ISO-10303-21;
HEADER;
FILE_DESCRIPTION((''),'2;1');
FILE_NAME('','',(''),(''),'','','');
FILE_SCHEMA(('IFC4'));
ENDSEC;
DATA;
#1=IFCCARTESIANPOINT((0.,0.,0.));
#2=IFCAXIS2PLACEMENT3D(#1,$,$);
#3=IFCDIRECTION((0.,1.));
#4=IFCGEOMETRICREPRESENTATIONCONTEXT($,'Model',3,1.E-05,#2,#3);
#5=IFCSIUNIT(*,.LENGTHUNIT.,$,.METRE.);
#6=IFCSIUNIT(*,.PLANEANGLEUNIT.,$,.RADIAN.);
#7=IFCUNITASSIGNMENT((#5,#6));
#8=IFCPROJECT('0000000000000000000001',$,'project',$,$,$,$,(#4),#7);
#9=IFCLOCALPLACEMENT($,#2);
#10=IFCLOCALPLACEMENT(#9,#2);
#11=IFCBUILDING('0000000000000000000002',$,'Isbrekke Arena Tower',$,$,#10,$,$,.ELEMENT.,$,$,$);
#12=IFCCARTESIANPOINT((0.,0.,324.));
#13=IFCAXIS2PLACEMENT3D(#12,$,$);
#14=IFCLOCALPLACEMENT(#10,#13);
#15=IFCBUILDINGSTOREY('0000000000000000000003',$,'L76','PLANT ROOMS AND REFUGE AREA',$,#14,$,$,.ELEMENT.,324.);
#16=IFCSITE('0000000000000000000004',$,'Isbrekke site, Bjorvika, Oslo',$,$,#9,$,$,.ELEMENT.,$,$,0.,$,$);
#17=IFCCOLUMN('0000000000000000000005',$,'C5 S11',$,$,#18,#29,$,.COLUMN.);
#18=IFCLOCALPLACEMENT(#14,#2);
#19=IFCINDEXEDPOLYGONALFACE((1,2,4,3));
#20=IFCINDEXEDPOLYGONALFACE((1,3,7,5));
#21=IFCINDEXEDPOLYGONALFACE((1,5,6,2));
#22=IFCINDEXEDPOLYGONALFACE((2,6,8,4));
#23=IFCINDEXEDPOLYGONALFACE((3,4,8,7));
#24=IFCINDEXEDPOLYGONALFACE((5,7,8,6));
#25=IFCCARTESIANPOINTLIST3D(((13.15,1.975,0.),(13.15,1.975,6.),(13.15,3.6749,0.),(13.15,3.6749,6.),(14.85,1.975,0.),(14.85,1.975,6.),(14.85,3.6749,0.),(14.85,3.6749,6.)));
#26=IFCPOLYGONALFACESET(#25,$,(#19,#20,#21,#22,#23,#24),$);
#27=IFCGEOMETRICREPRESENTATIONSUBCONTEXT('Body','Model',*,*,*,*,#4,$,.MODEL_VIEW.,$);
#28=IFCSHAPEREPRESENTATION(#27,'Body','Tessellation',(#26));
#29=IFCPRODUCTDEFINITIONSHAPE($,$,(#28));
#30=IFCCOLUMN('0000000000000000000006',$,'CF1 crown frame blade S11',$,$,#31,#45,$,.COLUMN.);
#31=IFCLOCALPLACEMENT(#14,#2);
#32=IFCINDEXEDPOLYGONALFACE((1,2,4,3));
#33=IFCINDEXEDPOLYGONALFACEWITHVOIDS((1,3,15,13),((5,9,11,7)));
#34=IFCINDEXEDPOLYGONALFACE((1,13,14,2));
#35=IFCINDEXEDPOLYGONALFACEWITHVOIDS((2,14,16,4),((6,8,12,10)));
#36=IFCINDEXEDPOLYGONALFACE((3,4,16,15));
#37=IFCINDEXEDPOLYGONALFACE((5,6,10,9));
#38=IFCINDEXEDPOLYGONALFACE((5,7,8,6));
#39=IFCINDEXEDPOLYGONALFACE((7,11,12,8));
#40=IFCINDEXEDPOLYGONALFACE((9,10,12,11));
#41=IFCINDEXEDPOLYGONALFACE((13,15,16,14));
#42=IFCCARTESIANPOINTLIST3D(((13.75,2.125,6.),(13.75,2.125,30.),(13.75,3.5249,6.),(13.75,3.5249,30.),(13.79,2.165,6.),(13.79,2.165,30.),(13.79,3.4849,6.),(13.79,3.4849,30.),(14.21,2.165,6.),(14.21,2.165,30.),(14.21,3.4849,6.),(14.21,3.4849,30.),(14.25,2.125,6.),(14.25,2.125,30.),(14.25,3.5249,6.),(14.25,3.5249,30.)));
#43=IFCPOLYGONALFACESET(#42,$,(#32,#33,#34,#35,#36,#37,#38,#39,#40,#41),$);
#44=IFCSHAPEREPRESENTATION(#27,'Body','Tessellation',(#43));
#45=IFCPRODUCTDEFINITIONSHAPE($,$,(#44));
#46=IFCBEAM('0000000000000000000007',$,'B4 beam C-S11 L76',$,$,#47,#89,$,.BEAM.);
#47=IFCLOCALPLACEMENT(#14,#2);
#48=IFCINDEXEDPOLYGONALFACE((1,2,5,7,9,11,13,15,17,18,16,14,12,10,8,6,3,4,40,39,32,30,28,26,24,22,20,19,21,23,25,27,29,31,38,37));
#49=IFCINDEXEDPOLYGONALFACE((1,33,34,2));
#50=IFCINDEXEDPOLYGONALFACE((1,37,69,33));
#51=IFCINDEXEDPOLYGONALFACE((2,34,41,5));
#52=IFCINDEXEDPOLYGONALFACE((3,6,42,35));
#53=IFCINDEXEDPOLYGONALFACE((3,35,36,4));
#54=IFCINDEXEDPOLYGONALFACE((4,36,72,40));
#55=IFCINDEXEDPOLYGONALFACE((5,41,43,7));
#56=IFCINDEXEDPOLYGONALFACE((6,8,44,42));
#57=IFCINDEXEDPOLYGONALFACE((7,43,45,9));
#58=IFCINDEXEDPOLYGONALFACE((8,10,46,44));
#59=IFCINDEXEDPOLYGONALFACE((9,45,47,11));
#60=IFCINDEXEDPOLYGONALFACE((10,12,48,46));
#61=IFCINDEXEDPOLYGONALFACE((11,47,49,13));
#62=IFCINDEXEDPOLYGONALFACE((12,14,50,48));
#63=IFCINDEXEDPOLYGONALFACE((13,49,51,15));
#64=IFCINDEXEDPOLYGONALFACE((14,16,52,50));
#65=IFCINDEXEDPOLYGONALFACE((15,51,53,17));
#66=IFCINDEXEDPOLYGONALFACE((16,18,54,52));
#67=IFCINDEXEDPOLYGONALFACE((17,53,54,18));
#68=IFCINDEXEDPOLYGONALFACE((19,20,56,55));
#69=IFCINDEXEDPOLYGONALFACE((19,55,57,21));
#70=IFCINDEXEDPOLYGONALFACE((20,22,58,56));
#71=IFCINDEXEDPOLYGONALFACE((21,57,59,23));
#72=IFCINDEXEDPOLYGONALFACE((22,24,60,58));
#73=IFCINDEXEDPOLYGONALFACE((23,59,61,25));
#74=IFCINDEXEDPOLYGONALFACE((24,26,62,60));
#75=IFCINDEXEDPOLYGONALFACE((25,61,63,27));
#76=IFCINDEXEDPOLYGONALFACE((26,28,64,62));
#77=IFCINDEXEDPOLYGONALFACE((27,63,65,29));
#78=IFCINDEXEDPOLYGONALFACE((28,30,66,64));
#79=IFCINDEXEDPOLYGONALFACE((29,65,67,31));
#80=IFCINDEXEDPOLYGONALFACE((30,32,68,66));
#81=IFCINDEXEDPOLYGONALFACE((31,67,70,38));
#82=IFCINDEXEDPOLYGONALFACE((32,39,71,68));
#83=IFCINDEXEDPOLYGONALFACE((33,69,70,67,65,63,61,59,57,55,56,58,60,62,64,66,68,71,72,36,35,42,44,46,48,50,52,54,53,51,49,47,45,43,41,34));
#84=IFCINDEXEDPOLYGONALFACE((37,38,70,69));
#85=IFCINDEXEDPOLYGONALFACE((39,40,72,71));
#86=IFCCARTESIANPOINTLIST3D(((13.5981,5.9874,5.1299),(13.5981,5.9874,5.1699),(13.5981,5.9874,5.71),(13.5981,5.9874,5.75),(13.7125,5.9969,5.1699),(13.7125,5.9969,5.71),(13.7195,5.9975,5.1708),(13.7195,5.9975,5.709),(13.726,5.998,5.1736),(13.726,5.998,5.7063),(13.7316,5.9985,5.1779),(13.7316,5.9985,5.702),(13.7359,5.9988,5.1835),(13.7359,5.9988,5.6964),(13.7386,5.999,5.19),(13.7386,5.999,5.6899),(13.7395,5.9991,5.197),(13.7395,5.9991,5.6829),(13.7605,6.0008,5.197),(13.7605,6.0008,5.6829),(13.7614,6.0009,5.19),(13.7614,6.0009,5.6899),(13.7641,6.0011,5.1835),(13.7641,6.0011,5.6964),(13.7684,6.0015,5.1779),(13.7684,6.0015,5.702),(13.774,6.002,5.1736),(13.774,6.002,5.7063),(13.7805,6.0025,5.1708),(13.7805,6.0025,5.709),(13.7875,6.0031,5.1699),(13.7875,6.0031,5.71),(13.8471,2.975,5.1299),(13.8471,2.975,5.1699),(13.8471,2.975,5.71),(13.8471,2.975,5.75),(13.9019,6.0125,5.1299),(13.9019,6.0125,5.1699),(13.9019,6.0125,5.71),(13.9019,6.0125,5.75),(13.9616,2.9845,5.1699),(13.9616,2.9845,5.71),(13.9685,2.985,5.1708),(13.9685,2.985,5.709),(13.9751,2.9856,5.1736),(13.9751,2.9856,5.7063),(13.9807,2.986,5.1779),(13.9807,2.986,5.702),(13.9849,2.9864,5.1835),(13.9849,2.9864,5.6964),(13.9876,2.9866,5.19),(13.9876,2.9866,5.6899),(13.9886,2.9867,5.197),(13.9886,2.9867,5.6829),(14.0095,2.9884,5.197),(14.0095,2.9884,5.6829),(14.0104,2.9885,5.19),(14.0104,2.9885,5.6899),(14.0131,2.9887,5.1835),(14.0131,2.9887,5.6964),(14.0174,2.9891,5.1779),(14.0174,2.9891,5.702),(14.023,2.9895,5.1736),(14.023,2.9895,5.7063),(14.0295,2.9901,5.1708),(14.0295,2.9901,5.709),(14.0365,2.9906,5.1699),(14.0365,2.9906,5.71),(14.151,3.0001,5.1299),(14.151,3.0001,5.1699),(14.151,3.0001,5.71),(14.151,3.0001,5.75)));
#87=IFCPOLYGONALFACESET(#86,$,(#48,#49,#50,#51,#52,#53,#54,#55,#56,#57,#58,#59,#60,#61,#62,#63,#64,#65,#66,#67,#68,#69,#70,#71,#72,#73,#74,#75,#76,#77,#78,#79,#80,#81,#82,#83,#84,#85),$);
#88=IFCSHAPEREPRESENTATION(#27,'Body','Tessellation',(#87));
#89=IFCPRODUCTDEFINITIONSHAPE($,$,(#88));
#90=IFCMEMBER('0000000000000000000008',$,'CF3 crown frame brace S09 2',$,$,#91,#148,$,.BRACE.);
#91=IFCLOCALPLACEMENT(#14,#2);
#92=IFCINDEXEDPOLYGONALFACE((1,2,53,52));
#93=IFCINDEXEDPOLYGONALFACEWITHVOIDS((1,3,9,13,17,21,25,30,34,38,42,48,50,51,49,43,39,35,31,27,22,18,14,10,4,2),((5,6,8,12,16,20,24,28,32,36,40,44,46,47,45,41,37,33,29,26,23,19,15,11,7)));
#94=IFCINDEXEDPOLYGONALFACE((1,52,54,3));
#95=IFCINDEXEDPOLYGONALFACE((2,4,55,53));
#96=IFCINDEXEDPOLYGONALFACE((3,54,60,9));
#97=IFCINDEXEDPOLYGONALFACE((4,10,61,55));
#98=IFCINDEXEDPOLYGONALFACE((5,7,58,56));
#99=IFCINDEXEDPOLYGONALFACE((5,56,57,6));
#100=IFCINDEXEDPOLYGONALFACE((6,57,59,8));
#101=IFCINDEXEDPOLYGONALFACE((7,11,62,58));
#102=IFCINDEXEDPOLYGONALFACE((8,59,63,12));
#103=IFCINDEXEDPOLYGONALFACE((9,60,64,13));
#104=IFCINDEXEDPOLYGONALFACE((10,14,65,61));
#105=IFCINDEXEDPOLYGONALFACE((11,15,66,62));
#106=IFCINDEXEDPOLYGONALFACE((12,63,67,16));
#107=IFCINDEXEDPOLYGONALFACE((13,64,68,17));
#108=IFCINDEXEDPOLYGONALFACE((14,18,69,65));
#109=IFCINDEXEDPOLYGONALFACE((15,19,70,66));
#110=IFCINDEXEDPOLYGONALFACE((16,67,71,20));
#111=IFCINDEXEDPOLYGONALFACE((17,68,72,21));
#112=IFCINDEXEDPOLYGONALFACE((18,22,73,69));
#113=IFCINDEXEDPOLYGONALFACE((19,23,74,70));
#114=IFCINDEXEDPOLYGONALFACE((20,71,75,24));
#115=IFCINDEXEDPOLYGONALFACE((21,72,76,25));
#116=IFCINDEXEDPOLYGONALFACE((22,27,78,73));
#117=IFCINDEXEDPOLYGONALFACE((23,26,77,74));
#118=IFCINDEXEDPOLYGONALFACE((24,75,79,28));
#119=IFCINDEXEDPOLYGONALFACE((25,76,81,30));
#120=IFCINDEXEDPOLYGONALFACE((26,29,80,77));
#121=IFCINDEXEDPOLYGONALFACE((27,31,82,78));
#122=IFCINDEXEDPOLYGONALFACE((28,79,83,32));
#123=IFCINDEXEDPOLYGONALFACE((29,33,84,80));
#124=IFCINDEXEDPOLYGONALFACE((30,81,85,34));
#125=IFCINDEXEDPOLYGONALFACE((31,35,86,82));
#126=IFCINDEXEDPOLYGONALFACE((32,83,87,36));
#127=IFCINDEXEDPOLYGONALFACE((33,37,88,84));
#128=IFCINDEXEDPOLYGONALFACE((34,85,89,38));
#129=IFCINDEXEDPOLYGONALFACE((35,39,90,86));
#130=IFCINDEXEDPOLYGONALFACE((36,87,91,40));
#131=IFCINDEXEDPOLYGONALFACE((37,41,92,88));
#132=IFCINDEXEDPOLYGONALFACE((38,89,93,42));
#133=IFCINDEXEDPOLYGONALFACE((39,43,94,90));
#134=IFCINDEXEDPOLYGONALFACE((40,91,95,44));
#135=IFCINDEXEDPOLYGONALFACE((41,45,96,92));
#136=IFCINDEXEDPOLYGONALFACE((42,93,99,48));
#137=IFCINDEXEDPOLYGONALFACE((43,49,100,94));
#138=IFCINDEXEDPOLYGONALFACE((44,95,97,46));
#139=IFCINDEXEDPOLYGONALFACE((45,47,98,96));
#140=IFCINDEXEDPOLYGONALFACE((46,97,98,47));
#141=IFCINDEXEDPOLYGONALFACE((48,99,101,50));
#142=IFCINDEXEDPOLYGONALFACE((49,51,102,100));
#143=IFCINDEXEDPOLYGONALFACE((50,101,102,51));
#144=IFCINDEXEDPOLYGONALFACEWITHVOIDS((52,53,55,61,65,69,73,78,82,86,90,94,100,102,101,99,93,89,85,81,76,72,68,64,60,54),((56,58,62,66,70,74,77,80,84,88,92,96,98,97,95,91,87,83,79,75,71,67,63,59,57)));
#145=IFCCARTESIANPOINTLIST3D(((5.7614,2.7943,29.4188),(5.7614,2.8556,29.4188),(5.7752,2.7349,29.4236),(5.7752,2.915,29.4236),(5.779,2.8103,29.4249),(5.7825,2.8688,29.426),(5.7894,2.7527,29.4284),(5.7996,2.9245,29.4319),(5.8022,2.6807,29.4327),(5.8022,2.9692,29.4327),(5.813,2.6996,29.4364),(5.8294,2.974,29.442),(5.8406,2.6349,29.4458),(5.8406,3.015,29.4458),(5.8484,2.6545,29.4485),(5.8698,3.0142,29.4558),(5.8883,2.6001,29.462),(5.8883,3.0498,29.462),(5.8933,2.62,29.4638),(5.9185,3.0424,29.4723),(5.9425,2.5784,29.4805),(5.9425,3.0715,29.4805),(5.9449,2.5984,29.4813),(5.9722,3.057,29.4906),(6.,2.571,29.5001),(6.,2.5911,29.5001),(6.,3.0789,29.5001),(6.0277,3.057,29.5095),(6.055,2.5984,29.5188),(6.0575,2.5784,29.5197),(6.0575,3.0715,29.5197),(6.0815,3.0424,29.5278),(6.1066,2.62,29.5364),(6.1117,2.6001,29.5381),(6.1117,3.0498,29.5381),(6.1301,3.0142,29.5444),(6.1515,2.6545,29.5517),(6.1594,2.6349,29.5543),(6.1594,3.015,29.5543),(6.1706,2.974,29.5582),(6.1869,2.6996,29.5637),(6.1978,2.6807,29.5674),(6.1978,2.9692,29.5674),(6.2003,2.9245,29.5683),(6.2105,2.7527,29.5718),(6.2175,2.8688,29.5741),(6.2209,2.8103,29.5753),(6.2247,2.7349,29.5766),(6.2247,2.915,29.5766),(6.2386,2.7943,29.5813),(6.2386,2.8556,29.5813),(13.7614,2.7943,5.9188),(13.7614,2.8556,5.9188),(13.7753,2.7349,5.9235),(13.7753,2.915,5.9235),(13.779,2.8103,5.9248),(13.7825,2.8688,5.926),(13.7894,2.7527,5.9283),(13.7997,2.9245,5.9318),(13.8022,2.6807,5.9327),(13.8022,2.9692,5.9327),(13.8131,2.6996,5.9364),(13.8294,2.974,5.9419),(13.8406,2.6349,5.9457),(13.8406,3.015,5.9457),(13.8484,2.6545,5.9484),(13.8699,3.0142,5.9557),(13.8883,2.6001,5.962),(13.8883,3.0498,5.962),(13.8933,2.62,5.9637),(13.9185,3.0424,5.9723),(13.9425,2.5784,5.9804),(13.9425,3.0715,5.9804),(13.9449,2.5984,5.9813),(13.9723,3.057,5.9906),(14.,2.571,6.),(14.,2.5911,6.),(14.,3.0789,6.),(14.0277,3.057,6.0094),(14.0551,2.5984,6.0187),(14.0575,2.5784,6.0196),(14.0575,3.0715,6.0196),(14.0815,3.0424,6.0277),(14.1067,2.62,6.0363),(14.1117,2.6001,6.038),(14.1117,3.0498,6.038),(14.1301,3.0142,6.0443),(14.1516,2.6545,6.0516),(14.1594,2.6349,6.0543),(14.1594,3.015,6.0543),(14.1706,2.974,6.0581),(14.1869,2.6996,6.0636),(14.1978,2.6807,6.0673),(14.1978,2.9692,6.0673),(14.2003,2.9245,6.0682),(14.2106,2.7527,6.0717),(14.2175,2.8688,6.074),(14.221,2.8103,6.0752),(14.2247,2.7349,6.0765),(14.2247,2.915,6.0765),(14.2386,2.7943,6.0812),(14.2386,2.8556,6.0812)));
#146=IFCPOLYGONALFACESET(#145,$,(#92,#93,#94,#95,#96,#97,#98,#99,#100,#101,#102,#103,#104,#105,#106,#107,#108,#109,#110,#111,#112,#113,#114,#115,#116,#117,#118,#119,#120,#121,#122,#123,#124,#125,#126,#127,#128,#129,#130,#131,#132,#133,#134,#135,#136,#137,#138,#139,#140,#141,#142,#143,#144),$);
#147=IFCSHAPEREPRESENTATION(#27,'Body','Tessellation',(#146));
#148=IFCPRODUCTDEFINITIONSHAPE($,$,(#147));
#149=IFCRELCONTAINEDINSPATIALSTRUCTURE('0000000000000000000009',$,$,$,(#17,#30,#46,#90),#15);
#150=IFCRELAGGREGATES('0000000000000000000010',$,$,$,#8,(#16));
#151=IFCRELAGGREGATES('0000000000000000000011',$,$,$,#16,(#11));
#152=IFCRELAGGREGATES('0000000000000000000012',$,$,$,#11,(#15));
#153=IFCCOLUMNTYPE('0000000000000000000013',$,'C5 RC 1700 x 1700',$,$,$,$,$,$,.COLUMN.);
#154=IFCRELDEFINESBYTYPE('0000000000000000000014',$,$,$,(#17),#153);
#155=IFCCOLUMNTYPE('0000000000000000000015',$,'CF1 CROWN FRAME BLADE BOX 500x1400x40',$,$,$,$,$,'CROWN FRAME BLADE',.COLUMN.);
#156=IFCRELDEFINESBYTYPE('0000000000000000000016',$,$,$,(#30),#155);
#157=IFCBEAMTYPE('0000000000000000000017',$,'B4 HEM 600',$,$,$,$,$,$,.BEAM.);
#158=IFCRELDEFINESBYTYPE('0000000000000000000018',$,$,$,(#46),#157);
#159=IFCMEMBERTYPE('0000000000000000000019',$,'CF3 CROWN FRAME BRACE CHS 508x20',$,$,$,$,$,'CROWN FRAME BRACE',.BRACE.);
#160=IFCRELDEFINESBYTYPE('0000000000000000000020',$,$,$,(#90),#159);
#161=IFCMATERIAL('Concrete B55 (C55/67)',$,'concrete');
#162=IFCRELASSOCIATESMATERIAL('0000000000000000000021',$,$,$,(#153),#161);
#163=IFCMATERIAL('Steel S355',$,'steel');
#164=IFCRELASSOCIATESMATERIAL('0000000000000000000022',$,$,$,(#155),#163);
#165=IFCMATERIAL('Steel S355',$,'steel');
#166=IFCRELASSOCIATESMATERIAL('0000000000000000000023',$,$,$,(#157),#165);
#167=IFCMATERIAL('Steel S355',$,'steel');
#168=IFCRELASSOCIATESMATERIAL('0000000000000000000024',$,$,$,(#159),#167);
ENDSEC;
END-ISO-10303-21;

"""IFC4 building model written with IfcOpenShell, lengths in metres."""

from ifc_helpers import new_model, si_unit, direction, frame, origin, origin_2d, place, context, subcontext, project, spatial, rectangle, hollow_rectangle, hollow_circle, i_section, extrude, material, material_profile, profile_set, type_object, element, save


model = new_model("IFC4")

# Units and contexts
model_context = context("Model", 3, precision=1e-05, world=origin(), true_north=direction((0.0, 1.0)))
body_context = subcontext(model_context, "Body", "Model", "MODEL_VIEW")
ifc_project = project(units=[si_unit("LENGTHUNIT", "METRE"), si_unit("PLANEANGLEUNIT", "RADIAN")], contexts=[model_context])

# Site, building, storey
site_placement = place(None, origin())
site = spatial("IfcSite", under=ifc_project, at=site_placement, Name="Isbrekke site, Bjorvika, Oslo", CompositionType="ELEMENT", RefElevation=0.0)
building_placement = place(site_placement, origin())
building = spatial("IfcBuilding", under=site, at=building_placement, Name="Isbrekke Arena Tower", CompositionType="ELEMENT")
storey_placement = place(building_placement, frame((0.0, 0.0, 324.0)))
storey = spatial("IfcBuildingStorey", under=building, at=storey_placement, Name="L76", Description="PLANT ROOMS AND REFUGE AREA", CompositionType="ELEMENT", Elevation=324.0)

# Columns
ifc_material_1 = material(Name="Concrete B55 (C55/67)", Category="concrete")
ifc_material_profile_1 = material_profile(ifc_material_1, rectangle(XDim=1.7, YDim=1.7, at=origin_2d()), Name="RC 1700x1700")
ifc_profile_set_1 = profile_set([ifc_material_profile_1], Name="Concrete B55 (C55/67)")
column_type_1 = type_object("IfcColumnType", Name="C5 RC 1700 x 1700", PredefinedType="COLUMN", material=ifc_profile_set_1)
column_1_placement = place(storey_placement, frame((14.0, 2.825, 0.0), z_axis=(0.0, 0.0, 1.0), x_axis=(1.0, 0.0, 0.0)))
element("IfcColumn", 1, at=column_1_placement, inside=storey, type_object=column_type_1, Name="C5 S11", PredefinedType="COLUMN", context=body_context, shape_type="SweptSolid", body=[
    extrude(rectangle(XDim=1.7, YDim=1.7, at=origin_2d()), origin(), (0.0, 0.0, 1.0), 6.0),
])
ifc_material_2 = material(Name="Steel S355", Category="steel")
ifc_material_profile_2 = material_profile(ifc_material_2, hollow_rectangle(XDim=0.5, YDim=1.3999, WallThickness=0.04, at=origin_2d()), Name="BOX 500x1400x40")
ifc_profile_set_2 = profile_set([ifc_material_profile_2], Name="Steel S355")
column_type_2 = type_object("IfcColumnType", Name="CF1 CROWN FRAME BLADE BOX 500x1400x40", ElementType="CROWN FRAME BLADE", PredefinedType="COLUMN", material=ifc_profile_set_2)
column_2_placement = place(storey_placement, frame((14.0, 2.825, 6.0), z_axis=(0.0, 0.0, 1.0), x_axis=(1.0, 0.0, 0.0)))
element("IfcColumn", 2, at=column_2_placement, inside=storey, type_object=column_type_2, Name="CF1 crown frame blade S11", PredefinedType="COLUMN", context=body_context, shape_type="SweptSolid", body=[
    extrude(hollow_rectangle(XDim=0.5, YDim=1.3999, WallThickness=0.04, at=origin_2d()), origin(), (0.0, 0.0, 1.0), 24.0),
])

# Beam
ifc_material_3 = material(Name="Steel S355", Category="steel")
ifc_material_profile_3 = material_profile(ifc_material_3, i_section(OverallWidth=0.3049, OverallDepth=0.6201, WebThickness=0.021, FlangeThickness=0.04, FilletRadius=0.0271, at=origin_2d()), Name="HEM 600")
ifc_profile_set_3 = profile_set([ifc_material_profile_3], Name="Steel S355")
beam_type_1 = type_object("IfcBeamType", Name="B4 HEM 600", PredefinedType="BEAM", material=ifc_profile_set_3)
beam_1_placement = place(storey_placement, frame((13.999, 2.9875, 5.4399), z_axis=(-0.082384, 0.996601, 0.0), x_axis=(-0.996601, -0.082384, 0.0)))
element("IfcBeam", 3, at=beam_1_placement, inside=storey, type_object=beam_type_1, Name="B4 beam C-S11 L76", PredefinedType="BEAM", context=body_context, shape_type="SweptSolid", body=[
    extrude(i_section(OverallWidth=0.3049, OverallDepth=0.6201, WebThickness=0.021, FlangeThickness=0.04, FilletRadius=0.0271, at=origin_2d()), origin(), (0.0, 0.0, 1.0), 3.0227),
])

# Member
ifc_material_4 = material(Name="Steel S355", Category="steel")
ifc_material_profile_4 = material_profile(ifc_material_4, hollow_circle(Radius=0.2539, WallThickness=0.02, at=origin_2d()), Name="CHS 508x20")
ifc_profile_set_4 = profile_set([ifc_material_profile_4], Name="Steel S355")
member_type = type_object("IfcMemberType", Name="CF3 CROWN FRAME BRACE CHS 508x20", ElementType="CROWN FRAME BRACE", PredefinedType="BRACE", material=ifc_profile_set_4)
for number, where, z_axis, x_axis, name in (
    (4, (14.0, 2.825, 6.0), (-0.322264, 0.0, 0.94665), (0.0, -1.0, 0.0), "CF3 crown frame brace S09 2"),
):
    element("IfcMember", number, at=place(storey_placement, frame(where, z_axis=z_axis, x_axis=x_axis)), inside=storey, type_object=member_type, Name=name, PredefinedType="BRACE", context=body_context, shape_type="SweptSolid", body=[
        extrude(hollow_circle(Radius=0.2539, WallThickness=0.02, at=origin_2d()), origin(), (0.0, 0.0, 1.0), 24.8245),
    ])

save(model, "model.ifc")
